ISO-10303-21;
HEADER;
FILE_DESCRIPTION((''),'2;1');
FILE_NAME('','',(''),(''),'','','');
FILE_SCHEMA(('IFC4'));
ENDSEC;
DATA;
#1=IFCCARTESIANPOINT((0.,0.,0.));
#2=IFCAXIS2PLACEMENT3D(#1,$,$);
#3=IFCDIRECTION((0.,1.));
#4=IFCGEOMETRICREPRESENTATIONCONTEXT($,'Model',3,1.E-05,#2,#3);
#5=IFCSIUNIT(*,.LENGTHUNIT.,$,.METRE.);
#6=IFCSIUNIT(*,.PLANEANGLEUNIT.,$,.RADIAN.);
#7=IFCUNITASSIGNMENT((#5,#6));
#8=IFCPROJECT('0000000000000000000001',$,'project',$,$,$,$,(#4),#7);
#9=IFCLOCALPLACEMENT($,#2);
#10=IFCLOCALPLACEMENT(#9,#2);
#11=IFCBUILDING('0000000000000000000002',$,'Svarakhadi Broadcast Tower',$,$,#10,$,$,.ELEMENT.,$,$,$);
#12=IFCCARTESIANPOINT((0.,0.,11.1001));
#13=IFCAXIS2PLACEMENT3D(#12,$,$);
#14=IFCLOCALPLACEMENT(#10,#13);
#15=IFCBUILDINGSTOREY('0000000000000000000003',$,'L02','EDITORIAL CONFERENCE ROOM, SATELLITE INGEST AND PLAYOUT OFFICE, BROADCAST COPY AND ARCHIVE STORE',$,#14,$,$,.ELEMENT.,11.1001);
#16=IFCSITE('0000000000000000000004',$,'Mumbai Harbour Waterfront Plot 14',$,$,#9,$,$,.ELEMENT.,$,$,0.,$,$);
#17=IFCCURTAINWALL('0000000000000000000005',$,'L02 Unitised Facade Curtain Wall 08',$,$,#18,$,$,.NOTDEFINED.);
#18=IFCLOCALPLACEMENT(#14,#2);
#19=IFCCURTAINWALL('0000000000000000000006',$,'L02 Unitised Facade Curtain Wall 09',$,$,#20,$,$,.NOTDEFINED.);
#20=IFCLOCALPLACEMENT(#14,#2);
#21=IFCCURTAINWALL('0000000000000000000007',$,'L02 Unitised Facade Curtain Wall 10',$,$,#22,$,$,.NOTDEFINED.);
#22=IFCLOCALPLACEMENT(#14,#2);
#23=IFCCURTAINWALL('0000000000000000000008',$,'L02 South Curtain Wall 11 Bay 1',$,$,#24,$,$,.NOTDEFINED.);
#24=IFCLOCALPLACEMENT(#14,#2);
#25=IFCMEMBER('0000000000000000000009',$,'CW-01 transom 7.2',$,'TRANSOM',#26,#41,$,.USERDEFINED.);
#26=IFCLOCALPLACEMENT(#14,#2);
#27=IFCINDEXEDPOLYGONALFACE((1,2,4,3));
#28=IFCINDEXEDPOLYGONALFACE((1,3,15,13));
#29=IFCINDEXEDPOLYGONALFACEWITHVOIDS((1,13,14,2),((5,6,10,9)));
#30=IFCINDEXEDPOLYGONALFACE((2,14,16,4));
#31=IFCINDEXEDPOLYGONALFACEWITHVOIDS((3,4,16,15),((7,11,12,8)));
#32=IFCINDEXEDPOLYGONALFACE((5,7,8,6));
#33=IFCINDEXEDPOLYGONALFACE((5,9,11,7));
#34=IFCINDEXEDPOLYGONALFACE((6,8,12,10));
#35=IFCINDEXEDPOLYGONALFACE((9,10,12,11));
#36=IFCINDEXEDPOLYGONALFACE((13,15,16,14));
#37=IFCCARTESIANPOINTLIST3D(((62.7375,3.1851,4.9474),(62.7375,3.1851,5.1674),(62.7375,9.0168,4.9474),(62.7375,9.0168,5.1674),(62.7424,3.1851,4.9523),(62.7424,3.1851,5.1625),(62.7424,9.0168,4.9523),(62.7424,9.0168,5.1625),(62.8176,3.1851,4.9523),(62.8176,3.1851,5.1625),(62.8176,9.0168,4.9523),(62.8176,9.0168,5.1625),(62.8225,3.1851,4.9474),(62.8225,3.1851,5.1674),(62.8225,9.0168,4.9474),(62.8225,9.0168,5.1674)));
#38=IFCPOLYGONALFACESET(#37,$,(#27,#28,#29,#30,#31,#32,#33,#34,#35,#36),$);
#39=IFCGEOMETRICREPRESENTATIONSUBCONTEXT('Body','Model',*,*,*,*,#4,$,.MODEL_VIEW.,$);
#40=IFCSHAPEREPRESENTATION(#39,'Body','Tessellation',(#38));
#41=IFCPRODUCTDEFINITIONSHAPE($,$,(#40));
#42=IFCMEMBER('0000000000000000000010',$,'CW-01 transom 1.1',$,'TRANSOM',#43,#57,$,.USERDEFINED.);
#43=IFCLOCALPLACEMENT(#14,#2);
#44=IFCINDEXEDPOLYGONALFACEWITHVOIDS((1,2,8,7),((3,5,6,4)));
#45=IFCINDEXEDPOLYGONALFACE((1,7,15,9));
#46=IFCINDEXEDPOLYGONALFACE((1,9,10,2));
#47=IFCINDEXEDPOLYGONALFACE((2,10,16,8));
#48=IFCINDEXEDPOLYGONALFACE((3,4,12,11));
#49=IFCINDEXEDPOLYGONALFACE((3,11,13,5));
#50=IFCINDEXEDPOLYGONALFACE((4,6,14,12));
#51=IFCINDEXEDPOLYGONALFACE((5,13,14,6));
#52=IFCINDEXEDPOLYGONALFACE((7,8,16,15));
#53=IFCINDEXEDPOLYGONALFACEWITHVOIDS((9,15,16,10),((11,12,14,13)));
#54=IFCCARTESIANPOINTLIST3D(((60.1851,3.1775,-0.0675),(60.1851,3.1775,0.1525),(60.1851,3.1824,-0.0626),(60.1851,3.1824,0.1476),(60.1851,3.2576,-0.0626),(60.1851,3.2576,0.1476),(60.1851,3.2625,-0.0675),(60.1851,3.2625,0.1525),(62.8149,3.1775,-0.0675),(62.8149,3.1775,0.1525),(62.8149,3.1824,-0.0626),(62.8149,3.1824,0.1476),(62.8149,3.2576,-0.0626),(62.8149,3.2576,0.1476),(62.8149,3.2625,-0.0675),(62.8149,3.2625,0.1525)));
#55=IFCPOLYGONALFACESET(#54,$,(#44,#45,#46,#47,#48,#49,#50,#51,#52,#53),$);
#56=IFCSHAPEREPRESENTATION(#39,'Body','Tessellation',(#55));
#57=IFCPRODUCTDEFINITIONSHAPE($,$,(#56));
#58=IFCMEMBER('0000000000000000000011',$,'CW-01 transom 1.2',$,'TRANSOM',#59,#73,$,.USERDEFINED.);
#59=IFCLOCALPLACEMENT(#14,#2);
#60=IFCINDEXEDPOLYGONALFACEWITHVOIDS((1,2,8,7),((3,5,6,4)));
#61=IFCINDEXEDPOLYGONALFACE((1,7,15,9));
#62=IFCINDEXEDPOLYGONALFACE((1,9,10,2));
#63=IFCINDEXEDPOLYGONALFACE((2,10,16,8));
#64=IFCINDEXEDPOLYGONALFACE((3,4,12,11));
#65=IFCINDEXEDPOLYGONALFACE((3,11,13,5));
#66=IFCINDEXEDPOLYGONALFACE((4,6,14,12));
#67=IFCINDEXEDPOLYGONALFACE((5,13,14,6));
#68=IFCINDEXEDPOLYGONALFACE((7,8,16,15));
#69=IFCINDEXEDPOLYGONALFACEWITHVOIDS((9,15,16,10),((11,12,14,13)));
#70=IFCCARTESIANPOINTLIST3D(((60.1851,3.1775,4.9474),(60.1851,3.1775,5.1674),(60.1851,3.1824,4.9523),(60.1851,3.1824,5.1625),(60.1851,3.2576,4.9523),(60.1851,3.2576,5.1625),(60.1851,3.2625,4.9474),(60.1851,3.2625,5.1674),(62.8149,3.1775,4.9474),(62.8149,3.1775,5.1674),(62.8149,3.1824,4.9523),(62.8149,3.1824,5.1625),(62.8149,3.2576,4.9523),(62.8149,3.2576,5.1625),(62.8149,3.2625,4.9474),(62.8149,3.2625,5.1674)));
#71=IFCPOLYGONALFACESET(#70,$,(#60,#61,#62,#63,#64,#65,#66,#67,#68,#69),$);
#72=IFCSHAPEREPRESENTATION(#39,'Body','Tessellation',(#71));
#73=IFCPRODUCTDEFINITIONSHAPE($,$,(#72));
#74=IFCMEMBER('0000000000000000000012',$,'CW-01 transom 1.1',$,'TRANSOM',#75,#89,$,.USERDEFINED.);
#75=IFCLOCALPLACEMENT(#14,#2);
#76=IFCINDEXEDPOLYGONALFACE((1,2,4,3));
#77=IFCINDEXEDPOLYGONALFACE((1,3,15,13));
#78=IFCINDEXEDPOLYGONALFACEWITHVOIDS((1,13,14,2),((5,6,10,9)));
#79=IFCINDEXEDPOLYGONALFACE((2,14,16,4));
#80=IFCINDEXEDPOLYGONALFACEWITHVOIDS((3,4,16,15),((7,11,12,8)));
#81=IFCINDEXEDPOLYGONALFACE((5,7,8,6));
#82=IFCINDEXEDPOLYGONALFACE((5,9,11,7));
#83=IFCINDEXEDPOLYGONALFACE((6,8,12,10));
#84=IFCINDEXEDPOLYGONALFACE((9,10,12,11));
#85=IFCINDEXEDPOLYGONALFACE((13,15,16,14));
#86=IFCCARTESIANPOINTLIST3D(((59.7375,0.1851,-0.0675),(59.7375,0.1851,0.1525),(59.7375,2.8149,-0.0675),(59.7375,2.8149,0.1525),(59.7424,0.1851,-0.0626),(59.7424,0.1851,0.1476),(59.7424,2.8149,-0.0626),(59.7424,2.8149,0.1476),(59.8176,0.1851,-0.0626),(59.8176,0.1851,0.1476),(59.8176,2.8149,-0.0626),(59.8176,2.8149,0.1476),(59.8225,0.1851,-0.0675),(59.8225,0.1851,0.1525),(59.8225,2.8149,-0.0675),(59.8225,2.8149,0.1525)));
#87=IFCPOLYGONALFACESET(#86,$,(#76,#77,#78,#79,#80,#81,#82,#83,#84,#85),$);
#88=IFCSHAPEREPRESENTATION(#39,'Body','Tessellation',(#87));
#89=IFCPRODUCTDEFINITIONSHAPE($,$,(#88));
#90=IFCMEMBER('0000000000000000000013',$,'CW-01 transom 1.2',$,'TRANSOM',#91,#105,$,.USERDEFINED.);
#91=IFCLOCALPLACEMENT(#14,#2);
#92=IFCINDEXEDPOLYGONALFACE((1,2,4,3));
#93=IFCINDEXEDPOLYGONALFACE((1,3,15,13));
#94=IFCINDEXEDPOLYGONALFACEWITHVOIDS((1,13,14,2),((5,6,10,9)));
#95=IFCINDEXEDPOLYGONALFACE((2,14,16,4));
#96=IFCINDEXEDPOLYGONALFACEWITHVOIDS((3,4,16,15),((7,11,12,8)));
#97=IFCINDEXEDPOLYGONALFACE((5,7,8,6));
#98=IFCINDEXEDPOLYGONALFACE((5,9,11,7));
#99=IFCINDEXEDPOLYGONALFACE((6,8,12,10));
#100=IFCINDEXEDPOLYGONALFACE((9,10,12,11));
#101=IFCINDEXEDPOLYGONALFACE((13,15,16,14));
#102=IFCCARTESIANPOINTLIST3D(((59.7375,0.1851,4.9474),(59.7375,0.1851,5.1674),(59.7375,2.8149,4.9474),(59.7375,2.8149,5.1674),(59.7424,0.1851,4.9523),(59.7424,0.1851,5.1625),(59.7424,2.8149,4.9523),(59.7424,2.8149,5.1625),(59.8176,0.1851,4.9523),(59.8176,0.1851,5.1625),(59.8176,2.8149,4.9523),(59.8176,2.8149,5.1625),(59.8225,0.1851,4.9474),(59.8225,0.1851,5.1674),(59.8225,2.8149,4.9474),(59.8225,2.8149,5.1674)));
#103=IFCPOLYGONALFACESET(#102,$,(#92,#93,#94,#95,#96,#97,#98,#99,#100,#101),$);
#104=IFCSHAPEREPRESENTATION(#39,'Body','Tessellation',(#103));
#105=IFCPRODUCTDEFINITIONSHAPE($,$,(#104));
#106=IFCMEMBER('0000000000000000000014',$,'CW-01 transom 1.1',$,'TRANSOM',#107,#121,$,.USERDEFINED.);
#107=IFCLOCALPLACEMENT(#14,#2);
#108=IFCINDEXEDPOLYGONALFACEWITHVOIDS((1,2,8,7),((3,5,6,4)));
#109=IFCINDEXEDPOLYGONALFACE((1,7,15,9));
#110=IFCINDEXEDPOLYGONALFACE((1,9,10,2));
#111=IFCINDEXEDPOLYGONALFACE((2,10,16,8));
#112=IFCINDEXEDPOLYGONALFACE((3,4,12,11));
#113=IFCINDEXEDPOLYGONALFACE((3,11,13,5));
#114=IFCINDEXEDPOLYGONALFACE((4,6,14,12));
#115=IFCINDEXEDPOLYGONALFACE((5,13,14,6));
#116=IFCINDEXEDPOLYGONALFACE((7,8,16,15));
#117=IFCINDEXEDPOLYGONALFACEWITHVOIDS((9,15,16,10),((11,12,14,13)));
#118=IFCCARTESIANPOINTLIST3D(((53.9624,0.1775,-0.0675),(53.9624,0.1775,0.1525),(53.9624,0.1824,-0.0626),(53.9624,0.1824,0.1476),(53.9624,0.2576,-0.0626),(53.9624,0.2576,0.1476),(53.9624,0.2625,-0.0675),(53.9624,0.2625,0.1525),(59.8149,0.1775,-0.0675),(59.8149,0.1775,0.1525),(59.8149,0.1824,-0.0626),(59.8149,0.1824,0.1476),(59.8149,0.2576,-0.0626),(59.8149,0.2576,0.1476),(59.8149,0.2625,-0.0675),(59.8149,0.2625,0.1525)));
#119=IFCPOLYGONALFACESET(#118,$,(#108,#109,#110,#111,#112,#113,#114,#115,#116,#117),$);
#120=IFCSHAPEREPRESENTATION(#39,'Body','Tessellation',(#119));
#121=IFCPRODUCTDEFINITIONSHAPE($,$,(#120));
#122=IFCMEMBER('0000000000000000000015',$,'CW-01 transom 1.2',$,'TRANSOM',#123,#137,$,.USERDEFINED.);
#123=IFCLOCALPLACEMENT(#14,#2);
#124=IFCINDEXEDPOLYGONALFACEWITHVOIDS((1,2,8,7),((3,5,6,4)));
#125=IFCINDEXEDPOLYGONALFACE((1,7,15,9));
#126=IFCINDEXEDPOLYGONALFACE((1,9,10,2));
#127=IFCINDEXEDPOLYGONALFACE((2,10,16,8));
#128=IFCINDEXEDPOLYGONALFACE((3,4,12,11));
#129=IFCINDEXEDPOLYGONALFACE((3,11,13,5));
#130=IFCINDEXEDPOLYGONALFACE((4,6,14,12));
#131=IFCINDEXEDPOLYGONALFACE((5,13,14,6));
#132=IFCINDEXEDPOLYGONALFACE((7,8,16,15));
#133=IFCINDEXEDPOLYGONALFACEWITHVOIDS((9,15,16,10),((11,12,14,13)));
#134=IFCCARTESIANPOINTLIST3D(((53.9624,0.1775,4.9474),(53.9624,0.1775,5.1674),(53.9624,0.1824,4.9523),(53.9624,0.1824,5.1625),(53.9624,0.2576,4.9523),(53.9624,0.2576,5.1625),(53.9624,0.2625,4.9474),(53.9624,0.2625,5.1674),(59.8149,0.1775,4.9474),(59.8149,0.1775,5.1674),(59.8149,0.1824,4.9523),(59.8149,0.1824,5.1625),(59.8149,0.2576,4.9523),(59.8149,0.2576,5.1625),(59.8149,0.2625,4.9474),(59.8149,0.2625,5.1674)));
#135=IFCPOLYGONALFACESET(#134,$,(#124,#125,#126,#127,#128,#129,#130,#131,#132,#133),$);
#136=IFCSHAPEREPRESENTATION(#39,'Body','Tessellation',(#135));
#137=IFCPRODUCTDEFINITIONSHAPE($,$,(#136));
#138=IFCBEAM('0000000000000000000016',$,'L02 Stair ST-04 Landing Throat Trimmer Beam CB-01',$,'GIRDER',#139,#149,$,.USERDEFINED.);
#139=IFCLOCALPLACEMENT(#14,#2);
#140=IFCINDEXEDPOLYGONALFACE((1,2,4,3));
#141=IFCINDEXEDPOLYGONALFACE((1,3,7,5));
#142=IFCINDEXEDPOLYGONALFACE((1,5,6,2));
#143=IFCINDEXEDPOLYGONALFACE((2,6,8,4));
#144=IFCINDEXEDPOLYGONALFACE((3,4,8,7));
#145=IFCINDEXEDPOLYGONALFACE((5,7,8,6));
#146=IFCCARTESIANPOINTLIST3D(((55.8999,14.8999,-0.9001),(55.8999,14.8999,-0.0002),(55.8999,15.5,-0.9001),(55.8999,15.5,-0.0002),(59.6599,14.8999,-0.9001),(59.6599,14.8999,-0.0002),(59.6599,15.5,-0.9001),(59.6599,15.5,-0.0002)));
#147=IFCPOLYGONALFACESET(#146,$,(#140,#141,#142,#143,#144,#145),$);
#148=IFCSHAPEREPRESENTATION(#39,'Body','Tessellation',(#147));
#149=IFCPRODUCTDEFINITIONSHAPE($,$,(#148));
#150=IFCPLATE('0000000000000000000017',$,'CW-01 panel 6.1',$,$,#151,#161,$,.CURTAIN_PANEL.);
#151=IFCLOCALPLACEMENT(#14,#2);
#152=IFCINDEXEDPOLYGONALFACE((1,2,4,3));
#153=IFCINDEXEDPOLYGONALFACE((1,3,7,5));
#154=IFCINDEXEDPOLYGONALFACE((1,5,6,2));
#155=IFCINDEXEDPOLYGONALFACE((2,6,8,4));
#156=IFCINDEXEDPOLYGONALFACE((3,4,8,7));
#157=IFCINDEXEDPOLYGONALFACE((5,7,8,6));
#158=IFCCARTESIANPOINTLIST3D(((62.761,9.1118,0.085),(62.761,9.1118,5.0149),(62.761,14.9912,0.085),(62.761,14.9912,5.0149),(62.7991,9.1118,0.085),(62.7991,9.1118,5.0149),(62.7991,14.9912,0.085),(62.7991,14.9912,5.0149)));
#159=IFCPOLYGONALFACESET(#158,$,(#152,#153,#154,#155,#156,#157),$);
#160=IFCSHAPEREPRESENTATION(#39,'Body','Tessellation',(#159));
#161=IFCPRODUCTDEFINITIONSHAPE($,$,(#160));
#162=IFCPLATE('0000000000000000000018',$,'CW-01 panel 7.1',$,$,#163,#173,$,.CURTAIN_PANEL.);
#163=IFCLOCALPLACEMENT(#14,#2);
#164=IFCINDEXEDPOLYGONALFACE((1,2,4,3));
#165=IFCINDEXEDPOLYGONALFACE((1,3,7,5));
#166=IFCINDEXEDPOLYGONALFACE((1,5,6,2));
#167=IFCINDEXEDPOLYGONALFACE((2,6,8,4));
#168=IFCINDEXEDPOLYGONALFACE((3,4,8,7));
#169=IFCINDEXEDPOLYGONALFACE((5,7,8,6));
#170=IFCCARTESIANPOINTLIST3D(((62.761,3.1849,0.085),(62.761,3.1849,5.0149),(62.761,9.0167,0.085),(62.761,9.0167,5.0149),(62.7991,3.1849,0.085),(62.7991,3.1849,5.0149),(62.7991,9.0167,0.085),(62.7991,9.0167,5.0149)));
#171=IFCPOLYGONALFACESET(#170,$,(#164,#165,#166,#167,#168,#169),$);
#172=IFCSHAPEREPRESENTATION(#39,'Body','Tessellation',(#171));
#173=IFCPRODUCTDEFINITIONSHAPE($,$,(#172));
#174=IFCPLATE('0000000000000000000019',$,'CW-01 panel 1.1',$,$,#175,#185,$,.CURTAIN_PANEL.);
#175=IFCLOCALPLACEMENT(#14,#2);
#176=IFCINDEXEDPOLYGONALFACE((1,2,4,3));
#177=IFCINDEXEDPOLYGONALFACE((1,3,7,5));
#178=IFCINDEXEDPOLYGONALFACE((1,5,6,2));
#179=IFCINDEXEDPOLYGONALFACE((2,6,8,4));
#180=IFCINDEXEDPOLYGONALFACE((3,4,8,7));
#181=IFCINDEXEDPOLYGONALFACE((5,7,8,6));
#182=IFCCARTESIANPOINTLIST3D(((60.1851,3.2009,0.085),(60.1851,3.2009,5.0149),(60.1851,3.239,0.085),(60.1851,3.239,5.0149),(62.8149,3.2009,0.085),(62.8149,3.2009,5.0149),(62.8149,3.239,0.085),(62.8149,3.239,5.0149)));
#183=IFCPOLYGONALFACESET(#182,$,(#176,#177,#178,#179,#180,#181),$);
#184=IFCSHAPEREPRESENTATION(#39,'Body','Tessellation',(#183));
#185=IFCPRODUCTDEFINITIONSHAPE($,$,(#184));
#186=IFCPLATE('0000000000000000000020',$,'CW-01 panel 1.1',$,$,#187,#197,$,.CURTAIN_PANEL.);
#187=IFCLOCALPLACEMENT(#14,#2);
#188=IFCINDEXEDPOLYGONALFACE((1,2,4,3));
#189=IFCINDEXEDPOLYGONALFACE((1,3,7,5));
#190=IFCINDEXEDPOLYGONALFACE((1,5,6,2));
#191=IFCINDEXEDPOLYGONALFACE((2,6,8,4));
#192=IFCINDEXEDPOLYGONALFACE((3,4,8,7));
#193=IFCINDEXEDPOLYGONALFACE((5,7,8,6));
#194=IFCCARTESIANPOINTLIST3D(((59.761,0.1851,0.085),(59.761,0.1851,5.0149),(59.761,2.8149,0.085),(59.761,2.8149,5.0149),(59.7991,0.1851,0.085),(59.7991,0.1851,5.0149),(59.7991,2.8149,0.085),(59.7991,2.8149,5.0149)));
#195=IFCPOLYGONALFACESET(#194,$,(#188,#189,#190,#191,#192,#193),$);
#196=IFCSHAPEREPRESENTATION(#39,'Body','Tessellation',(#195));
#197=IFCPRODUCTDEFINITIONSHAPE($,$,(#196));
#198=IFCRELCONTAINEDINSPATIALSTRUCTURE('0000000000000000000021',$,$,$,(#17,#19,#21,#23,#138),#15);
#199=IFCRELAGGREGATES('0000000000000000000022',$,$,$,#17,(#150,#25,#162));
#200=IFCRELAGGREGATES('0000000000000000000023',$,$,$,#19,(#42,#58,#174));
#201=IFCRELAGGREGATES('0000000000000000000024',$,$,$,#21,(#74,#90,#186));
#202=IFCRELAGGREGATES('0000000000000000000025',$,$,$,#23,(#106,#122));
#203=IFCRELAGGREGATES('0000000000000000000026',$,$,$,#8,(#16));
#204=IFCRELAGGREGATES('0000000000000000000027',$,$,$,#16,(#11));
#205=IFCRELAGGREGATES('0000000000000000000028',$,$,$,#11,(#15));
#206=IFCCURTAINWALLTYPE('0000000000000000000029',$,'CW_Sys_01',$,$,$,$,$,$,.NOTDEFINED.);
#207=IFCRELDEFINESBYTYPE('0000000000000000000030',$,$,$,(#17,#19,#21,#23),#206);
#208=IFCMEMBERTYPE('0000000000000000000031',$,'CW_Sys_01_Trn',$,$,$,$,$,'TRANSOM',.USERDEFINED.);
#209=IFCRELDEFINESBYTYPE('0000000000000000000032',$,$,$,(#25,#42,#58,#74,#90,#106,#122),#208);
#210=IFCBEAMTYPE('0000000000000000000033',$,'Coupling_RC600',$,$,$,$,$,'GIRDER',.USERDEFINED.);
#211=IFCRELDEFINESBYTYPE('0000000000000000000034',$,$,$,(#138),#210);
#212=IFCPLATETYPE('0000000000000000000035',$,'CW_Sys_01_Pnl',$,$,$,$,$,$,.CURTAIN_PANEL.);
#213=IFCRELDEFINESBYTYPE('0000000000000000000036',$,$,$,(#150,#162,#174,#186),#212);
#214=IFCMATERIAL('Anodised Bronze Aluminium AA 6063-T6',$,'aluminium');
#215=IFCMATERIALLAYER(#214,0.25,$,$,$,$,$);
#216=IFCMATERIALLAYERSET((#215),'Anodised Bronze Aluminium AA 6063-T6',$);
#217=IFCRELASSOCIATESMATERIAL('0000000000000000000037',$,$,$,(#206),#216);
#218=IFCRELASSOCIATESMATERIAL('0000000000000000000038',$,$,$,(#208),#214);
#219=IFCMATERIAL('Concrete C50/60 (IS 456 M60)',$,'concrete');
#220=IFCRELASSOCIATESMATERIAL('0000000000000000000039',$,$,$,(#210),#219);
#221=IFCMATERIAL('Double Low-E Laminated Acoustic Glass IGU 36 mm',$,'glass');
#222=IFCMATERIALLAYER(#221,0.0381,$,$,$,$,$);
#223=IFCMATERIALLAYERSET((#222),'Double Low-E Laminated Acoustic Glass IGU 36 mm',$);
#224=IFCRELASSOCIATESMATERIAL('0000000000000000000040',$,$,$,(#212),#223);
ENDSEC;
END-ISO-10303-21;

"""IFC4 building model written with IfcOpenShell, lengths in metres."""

from ifc_helpers import new_model, si_unit, direction, frame, origin, origin_2d, place, context, subcontext, project, spatial, rectangle, hollow_rectangle, extrude, material, layer, layer_set, material_profile, profile_set, type_object, element, aggregate, save


model = new_model("IFC4")

# Units and contexts
model_context = context("Model", 3, precision=1e-05, world=origin(), true_north=direction((0.0, 1.0)))
body_context = subcontext(model_context, "Body", "Model", "MODEL_VIEW")
ifc_project = project(units=[si_unit("LENGTHUNIT", "METRE"), si_unit("PLANEANGLEUNIT", "RADIAN")], contexts=[model_context])

# Site, building, storey
site_placement = place(None, origin())
site = spatial("IfcSite", under=ifc_project, at=site_placement, Name="Mumbai Harbour Waterfront Plot 14", CompositionType="ELEMENT", RefElevation=0.0)
building_placement = place(site_placement, origin())
building = spatial("IfcBuilding", under=site, at=building_placement, Name="Svarakhadi Broadcast Tower", CompositionType="ELEMENT")
storey_placement = place(building_placement, frame((0.0, 0.0, 11.1001)))
storey = spatial("IfcBuildingStorey", under=building, at=storey_placement, Name="L02", Description="EDITORIAL CONFERENCE ROOM, SATELLITE INGEST AND PLAYOUT OFFICE, BROADCAST COPY AND ARCHIVE STORE", CompositionType="ELEMENT", Elevation=11.1001)

# Curtain walls
ifc_material_1 = material(Name="Anodised Bronze Aluminium AA 6063-T6", Category="aluminium")
ifc_layer_1 = layer(ifc_material_1, 0.25)
ifc_layer_set_1 = layer_set([ifc_layer_1], Name="Anodised Bronze Aluminium AA 6063-T6")
curtain_wall_type = type_object("IfcCurtainWallType", Name="CW_Sys_01", PredefinedType="NOTDEFINED", material=ifc_layer_set_1)
curtain_wall_1_placement = place(storey_placement, origin())
curtain_wall_1 = element("IfcCurtainWall", 1, at=curtain_wall_1_placement, inside=storey, type_object=curtain_wall_type, Name="L02 Unitised Facade Curtain Wall 08", PredefinedType="NOTDEFINED")
curtain_wall_2_placement = place(storey_placement, origin())
curtain_wall_2 = element("IfcCurtainWall", 2, at=curtain_wall_2_placement, inside=storey, type_object=curtain_wall_type, Name="L02 Unitised Facade Curtain Wall 09", PredefinedType="NOTDEFINED")
curtain_wall_3_placement = place(storey_placement, origin())
curtain_wall_3 = element("IfcCurtainWall", 3, at=curtain_wall_3_placement, inside=storey, type_object=curtain_wall_type, Name="L02 Unitised Facade Curtain Wall 10", PredefinedType="NOTDEFINED")

# Curtain wall
curtain_wall_4_placement = place(storey_placement, origin())
curtain_wall_4 = element("IfcCurtainWall", 4, at=curtain_wall_4_placement, inside=storey, type_object=curtain_wall_type, Name="L02 South Curtain Wall 11 Bay 1", PredefinedType="NOTDEFINED")

# Members
ifc_material_profile_1 = material_profile(ifc_material_1, hollow_rectangle(XDim=0.085, YDim=0.22, WallThickness=0.0049, at=origin_2d()), Name="ALU TRANSOM 220x85x5")
ifc_profile_set_1 = profile_set([ifc_material_profile_1], Name="Anodised Bronze Aluminium AA 6063-T6")
member_type_1 = type_object("IfcMemberType", Name="CW_Sys_01_Trn", ElementType="TRANSOM", PredefinedType="USERDEFINED", material=ifc_profile_set_1)
member_1_placement = place(storey_placement, frame((62.78, 9.0168, 5.0574), z_axis=(0.0, -1.0, 0.0), x_axis=(1.0, 0.0, 0.0)))
member_1 = element("IfcMember", 5, at=member_1_placement, type_object=member_type_1, Name="CW-01 transom 7.2", ObjectType="TRANSOM", PredefinedType="USERDEFINED", context=body_context, shape_type="SweptSolid", body=[
    extrude(hollow_rectangle(XDim=0.085, YDim=0.22, WallThickness=0.0049, at=origin_2d()), origin(), (0.0, 0.0, 1.0), 5.8318),
])
member_2_placement = place(storey_placement, frame((62.8149, 3.22, 0.0425), z_axis=(-1.0, 0.0, 0.0), x_axis=(0.0, -1.0, 0.0)))
member_2 = element("IfcMember", 6, at=member_2_placement, type_object=member_type_1, Name="CW-01 transom 1.1", ObjectType="TRANSOM", PredefinedType="USERDEFINED", context=body_context, shape_type="SweptSolid", body=[
    extrude(hollow_rectangle(XDim=0.085, YDim=0.22, WallThickness=0.0049, at=origin_2d()), origin(), (0.0, 0.0, 1.0), 2.6299),
])
member_3_placement = place(storey_placement, frame((62.8149, 3.22, 5.0574), z_axis=(-1.0, 0.0, 0.0), x_axis=(0.0, -1.0, 0.0)))
member_3 = element("IfcMember", 7, at=member_3_placement, type_object=member_type_1, Name="CW-01 transom 1.2", ObjectType="TRANSOM", PredefinedType="USERDEFINED", context=body_context, shape_type="SweptSolid", body=[
    extrude(hollow_rectangle(XDim=0.085, YDim=0.22, WallThickness=0.0049, at=origin_2d()), origin(), (0.0, 0.0, 1.0), 2.6299),
])
member_4_placement = place(storey_placement, frame((59.78, 2.8149, 0.0425), z_axis=(0.0, -1.0, 0.0), x_axis=(1.0, 0.0, 0.0)))
member_4 = element("IfcMember", 8, at=member_4_placement, type_object=member_type_1, Name="CW-01 transom 1.1", ObjectType="TRANSOM", PredefinedType="USERDEFINED", context=body_context, shape_type="SweptSolid", body=[
    extrude(hollow_rectangle(XDim=0.085, YDim=0.22, WallThickness=0.0049, at=origin_2d()), origin(), (0.0, 0.0, 1.0), 2.6299),
])
member_5_placement = place(storey_placement, frame((59.78, 2.8149, 5.0574), z_axis=(0.0, -1.0, 0.0), x_axis=(1.0, 0.0, 0.0)))
member_5 = element("IfcMember", 9, at=member_5_placement, type_object=member_type_1, Name="CW-01 transom 1.2", ObjectType="TRANSOM", PredefinedType="USERDEFINED", context=body_context, shape_type="SweptSolid", body=[
    extrude(hollow_rectangle(XDim=0.085, YDim=0.22, WallThickness=0.0049, at=origin_2d()), origin(), (0.0, 0.0, 1.0), 2.6299),
])
member_6_placement = place(storey_placement, frame((59.8149, 0.22, 0.0425), z_axis=(-1.0, 0.0, 0.0), x_axis=(0.0, -1.0, 0.0)))
member_6 = element("IfcMember", 10, at=member_6_placement, type_object=member_type_1, Name="CW-01 transom 1.1", ObjectType="TRANSOM", PredefinedType="USERDEFINED", context=body_context, shape_type="SweptSolid", body=[
    extrude(hollow_rectangle(XDim=0.085, YDim=0.22, WallThickness=0.0049, at=origin_2d()), origin(), (0.0, 0.0, 1.0), 5.8525),
])
member_7_placement = place(storey_placement, frame((59.8149, 0.22, 5.0574), z_axis=(-1.0, 0.0, 0.0), x_axis=(0.0, -1.0, 0.0)))
member_7 = element("IfcMember", 11, at=member_7_placement, type_object=member_type_1, Name="CW-01 transom 1.2", ObjectType="TRANSOM", PredefinedType="USERDEFINED", context=body_context, shape_type="SweptSolid", body=[
    extrude(hollow_rectangle(XDim=0.085, YDim=0.22, WallThickness=0.0049, at=origin_2d()), origin(), (0.0, 0.0, 1.0), 5.8525),
])

# Beam
ifc_material_2 = material(Name="Concrete C50/60 (IS 456 M60)", Category="concrete")
ifc_material_profile_2 = material_profile(ifc_material_2, rectangle(XDim=0.6001, YDim=0.8999, at=origin_2d()), Name="RC 600x900")
ifc_profile_set_2 = profile_set([ifc_material_profile_2], Name="Concrete C50/60 (IS 456 M60)")
beam_type = type_object("IfcBeamType", Name="Coupling_RC600", ElementType="GIRDER", PredefinedType="USERDEFINED", material=ifc_profile_set_2)
beam_placement = place(storey_placement, frame((55.8999, 15.2, -0.4502), z_axis=(1.0, 0.0, 0.0), x_axis=(0.0, 1.0, 0.0)))
element("IfcBeam", 12, at=beam_placement, inside=storey, type_object=beam_type, Name="L02 Stair ST-04 Landing Throat Trimmer Beam CB-01", ObjectType="GIRDER", PredefinedType="USERDEFINED", context=body_context, shape_type="SweptSolid", body=[
    extrude(rectangle(XDim=0.6001, YDim=0.8999, at=origin_2d()), origin(), (0.0, 0.0, 1.0), 3.76),
])

# Plates
ifc_material_3 = material(Name="Double Low-E Laminated Acoustic Glass IGU 36 mm", Category="glass")
ifc_layer_2 = layer(ifc_material_3, 0.0381)
ifc_layer_set_2 = layer_set([ifc_layer_2], Name="Double Low-E Laminated Acoustic Glass IGU 36 mm")
plate_type = type_object("IfcPlateType", Name="CW_Sys_01_Pnl", PredefinedType="CURTAIN_PANEL", material=ifc_layer_set_2)
plate_1_placement = place(storey_placement, frame((62.78, 12.0515, 0.085), z_axis=(0.0, 0.0, 1.0), x_axis=(0.0, -1.0, 0.0)))
plate_1 = element("IfcPlate", 13, at=plate_1_placement, type_object=plate_type, Name="CW-01 panel 6.1", PredefinedType="CURTAIN_PANEL", context=body_context, shape_type="SweptSolid", body=[
    extrude(rectangle(XDim=5.8794, YDim=0.0381, at=origin_2d()), origin(), (0.0, 0.0, 1.0), 4.9299),
])
plate_2_placement = place(storey_placement, frame((62.78, 6.1008, 0.085), z_axis=(0.0, 0.0, 1.0), x_axis=(0.0, -1.0, 0.0)))
plate_2 = element("IfcPlate", 14, at=plate_2_placement, type_object=plate_type, Name="CW-01 panel 7.1", PredefinedType="CURTAIN_PANEL", context=body_context, shape_type="SweptSolid", body=[
    extrude(rectangle(XDim=5.8318, YDim=0.0381, at=origin_2d()), origin(), (0.0, 0.0, 1.0), 4.9299),
])
aggregate(curtain_wall_1, [plate_1, member_1, plate_2])
plate_3_placement = place(storey_placement, frame((61.5, 3.22, 0.085), z_axis=(0.0, 0.0, 1.0), x_axis=(-1.0, 0.0, 0.0)))
plate_3 = element("IfcPlate", 15, at=plate_3_placement, type_object=plate_type, Name="CW-01 panel 1.1", PredefinedType="CURTAIN_PANEL", context=body_context, shape_type="SweptSolid", body=[
    extrude(rectangle(XDim=2.6299, YDim=0.0381, at=origin_2d()), origin(), (0.0, 0.0, 1.0), 4.9299),
])
aggregate(curtain_wall_2, [member_2, member_3, plate_3])
plate_4_placement = place(storey_placement, frame((59.78, 1.5, 0.085), z_axis=(0.0, 0.0, 1.0), x_axis=(0.0, -1.0, 0.0)))
plate_4 = element("IfcPlate", 16, at=plate_4_placement, type_object=plate_type, Name="CW-01 panel 1.1", PredefinedType="CURTAIN_PANEL", context=body_context, shape_type="SweptSolid", body=[
    extrude(rectangle(XDim=2.6299, YDim=0.0381, at=origin_2d()), origin(), (0.0, 0.0, 1.0), 4.9299),
])
aggregate(curtain_wall_3, [member_4, member_5, plate_4])
aggregate(curtain_wall_4, [member_6, member_7])

save(model, "model.ifc")
